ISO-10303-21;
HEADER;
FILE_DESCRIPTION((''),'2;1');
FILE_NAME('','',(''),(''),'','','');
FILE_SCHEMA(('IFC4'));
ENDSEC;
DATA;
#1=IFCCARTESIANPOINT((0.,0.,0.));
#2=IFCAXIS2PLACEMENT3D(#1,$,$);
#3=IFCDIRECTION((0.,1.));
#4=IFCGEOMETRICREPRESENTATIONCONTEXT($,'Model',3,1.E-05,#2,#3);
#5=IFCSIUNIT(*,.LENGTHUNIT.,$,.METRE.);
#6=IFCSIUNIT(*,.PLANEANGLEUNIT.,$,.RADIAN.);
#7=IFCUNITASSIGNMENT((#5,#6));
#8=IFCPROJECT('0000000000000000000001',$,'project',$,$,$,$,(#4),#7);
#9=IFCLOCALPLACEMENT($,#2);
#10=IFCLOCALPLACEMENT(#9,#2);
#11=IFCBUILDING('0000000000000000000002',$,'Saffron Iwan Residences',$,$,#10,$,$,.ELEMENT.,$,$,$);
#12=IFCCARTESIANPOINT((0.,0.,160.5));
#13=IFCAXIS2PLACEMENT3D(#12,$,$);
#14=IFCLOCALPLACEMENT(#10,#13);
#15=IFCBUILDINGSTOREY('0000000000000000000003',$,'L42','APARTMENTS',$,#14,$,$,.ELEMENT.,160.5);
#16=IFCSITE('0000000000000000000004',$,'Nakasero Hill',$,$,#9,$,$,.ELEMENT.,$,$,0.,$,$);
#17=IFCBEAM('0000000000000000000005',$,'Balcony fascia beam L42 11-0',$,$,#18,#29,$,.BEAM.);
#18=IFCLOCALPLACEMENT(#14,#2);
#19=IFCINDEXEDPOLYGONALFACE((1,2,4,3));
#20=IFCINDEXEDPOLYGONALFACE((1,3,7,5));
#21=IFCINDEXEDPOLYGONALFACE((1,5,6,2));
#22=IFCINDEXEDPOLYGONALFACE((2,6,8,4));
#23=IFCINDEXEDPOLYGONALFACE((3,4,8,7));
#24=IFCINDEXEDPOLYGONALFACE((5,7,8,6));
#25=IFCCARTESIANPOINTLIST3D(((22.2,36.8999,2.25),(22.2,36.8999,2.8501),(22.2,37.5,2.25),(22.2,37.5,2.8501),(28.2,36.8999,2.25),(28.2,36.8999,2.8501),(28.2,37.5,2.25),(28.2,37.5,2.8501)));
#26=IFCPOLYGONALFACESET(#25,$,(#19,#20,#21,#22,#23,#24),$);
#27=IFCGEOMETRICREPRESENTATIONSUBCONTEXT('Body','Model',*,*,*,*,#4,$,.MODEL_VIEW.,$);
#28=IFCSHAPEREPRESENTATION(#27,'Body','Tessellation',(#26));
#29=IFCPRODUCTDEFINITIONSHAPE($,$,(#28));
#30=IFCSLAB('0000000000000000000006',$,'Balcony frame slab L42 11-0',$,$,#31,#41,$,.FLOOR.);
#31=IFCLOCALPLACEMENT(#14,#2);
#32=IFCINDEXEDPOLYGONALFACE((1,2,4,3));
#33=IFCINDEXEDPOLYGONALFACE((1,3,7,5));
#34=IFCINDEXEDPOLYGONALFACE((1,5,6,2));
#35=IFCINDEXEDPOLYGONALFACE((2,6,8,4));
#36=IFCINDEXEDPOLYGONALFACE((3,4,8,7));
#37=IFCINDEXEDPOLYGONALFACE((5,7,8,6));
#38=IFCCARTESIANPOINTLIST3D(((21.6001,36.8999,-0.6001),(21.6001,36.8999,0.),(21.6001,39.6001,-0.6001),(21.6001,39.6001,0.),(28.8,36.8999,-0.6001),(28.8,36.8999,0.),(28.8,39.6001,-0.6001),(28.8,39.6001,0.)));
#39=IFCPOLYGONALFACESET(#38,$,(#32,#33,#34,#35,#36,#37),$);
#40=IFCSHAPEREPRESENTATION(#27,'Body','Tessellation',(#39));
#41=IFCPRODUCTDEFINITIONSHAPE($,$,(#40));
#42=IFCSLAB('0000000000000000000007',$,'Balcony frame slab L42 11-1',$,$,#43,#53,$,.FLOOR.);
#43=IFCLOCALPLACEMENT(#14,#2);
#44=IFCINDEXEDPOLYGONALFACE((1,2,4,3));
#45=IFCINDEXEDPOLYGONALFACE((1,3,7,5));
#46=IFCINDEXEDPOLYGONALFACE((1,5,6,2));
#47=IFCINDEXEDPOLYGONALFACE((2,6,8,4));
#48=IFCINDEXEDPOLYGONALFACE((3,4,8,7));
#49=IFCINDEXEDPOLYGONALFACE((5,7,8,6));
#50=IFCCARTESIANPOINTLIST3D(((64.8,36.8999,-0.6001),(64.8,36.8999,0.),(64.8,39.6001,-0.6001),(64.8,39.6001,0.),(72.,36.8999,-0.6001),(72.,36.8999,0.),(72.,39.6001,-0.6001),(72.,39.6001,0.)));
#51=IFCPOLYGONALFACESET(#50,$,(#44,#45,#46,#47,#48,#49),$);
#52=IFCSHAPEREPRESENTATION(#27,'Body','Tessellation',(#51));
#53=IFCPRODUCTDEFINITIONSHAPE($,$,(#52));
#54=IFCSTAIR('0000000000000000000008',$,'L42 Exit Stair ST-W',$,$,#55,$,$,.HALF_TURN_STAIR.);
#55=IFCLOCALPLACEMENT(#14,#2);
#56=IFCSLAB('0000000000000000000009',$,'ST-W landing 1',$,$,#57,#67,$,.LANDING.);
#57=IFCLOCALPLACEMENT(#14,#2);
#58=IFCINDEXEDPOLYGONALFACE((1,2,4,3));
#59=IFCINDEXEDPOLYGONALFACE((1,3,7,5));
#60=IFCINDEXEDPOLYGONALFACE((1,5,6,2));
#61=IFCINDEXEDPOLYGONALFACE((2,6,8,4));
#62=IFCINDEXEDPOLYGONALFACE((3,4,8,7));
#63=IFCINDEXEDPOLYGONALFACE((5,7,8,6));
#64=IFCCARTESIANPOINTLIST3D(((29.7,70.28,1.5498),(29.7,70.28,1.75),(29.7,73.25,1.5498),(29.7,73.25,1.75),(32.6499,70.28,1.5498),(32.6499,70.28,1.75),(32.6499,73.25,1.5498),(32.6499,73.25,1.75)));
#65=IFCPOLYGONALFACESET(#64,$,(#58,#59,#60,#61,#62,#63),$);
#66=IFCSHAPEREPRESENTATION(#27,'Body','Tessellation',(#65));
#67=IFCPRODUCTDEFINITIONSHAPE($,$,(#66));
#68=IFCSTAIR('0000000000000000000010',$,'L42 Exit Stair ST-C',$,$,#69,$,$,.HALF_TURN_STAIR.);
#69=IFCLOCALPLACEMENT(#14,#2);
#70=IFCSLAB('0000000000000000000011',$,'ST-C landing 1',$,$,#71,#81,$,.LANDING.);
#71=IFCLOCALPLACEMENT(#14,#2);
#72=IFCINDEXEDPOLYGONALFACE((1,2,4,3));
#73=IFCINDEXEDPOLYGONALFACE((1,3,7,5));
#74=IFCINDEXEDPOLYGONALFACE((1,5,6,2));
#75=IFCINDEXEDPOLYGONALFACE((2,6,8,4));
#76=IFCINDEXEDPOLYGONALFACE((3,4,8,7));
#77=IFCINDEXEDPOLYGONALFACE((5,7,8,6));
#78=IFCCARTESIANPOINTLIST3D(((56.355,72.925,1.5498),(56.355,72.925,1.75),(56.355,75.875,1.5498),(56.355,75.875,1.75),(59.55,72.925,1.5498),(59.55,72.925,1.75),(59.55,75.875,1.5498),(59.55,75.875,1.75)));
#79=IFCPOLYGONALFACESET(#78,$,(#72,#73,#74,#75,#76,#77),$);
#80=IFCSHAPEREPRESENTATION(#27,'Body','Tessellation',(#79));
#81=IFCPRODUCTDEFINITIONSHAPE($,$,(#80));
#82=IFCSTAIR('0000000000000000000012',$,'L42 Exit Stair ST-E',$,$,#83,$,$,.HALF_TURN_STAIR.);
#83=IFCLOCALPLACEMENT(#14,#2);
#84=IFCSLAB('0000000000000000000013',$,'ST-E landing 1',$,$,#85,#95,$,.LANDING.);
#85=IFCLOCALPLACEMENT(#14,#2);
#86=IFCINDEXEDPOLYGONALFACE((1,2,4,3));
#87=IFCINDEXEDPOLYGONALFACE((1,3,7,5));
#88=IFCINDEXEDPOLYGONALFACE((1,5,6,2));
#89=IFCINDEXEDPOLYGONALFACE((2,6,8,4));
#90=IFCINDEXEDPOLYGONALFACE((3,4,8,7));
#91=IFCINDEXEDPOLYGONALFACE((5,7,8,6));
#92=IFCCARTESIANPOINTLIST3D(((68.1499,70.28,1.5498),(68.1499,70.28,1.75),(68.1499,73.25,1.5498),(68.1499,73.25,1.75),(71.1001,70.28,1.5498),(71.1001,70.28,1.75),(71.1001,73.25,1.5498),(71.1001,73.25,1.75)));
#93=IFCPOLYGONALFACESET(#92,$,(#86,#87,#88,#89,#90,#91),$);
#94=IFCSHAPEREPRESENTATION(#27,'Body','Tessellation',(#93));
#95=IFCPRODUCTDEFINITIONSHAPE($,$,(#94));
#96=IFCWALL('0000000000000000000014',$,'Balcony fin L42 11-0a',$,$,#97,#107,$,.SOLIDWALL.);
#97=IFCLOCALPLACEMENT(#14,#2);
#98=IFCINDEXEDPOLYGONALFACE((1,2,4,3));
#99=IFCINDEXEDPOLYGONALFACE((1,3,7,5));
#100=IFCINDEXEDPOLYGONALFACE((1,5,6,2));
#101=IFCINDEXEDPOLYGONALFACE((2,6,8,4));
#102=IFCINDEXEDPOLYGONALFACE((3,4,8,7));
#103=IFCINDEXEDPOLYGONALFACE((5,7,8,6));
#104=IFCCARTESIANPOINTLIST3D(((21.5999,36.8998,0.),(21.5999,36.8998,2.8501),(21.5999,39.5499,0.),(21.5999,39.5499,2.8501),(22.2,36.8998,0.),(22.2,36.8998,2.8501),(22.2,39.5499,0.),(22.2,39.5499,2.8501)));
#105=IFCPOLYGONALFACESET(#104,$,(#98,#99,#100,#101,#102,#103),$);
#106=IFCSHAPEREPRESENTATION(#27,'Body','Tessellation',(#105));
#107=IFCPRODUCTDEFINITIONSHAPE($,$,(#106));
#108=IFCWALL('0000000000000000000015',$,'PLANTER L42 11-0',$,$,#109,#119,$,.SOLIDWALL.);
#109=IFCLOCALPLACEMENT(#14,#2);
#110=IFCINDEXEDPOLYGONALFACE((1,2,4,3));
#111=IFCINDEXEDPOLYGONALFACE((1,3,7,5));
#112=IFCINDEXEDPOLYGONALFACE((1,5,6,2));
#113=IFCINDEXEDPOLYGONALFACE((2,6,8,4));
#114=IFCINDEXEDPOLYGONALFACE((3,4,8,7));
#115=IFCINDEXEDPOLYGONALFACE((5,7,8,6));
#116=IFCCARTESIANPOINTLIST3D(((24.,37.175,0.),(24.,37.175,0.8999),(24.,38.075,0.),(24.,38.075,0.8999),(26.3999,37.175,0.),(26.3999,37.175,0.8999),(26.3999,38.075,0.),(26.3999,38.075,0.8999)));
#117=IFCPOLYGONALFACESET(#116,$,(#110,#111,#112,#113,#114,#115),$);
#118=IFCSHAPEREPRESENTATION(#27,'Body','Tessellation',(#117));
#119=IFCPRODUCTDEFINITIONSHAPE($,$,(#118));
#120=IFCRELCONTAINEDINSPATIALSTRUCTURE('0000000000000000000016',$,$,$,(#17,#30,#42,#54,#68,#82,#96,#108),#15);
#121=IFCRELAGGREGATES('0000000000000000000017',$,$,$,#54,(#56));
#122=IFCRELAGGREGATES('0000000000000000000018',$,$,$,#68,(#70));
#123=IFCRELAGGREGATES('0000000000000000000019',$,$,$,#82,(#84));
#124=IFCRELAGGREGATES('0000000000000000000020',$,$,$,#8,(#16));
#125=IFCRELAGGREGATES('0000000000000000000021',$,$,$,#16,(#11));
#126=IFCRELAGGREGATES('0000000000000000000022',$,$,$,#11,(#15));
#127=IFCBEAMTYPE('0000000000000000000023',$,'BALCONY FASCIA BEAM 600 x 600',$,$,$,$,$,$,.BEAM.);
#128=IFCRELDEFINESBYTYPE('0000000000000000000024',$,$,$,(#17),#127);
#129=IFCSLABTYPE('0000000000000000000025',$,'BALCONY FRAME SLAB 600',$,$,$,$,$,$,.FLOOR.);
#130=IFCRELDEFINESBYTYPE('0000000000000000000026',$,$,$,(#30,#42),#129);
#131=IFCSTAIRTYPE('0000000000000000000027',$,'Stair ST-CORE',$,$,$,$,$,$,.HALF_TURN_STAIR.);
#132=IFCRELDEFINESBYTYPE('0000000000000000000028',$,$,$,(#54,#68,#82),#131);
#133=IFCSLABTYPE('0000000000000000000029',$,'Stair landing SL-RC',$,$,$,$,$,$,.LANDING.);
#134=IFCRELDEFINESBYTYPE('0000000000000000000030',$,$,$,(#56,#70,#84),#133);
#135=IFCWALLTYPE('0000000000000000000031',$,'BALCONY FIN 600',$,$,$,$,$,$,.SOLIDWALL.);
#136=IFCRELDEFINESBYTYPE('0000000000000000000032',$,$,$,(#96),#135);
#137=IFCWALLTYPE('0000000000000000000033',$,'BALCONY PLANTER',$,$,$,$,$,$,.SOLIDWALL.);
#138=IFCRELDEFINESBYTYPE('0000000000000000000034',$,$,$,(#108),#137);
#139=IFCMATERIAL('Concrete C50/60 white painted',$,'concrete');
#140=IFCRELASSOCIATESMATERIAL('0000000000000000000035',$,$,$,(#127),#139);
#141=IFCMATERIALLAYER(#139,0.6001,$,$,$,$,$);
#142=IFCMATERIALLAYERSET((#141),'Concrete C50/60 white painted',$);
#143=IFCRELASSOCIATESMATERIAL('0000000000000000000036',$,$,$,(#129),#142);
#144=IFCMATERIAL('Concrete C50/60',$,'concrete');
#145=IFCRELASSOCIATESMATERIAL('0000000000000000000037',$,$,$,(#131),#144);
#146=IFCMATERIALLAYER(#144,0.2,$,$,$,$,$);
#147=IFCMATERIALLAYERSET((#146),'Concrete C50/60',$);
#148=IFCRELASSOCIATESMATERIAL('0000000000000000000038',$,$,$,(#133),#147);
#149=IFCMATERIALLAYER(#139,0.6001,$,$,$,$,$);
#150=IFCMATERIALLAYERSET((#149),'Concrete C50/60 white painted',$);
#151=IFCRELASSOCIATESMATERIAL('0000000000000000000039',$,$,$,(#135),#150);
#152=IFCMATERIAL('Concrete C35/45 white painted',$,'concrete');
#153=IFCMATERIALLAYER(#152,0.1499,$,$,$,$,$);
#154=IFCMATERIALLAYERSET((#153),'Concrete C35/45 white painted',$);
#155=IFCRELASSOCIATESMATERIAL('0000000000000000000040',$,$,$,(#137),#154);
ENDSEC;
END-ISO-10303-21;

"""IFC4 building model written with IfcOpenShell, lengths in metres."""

from ifc_helpers import new_model, si_unit, direction, frame, frame_2d, origin, origin_2d, place, context, subcontext, project, spatial, polyline, rectangle, outline, extrude, source, transform, mapped, material, layer, layer_set, material_profile, profile_set, type_object, element, aggregate, save


model = new_model("IFC4")

# Units and contexts
model_context = context("Model", 3, precision=1e-05, world=origin(), true_north=direction((0.0, 1.0)))
body_context = subcontext(model_context, "Body", "Model", "MODEL_VIEW")
ifc_project = project(units=[si_unit("LENGTHUNIT", "METRE"), si_unit("PLANEANGLEUNIT", "RADIAN")], contexts=[model_context])

# Site, building, storey
site_placement = place(None, origin())
site = spatial("IfcSite", under=ifc_project, at=site_placement, Name="Nakasero Hill", CompositionType="ELEMENT", RefElevation=0.0)
building_placement = place(site_placement, origin())
building = spatial("IfcBuilding", under=site, at=building_placement, Name="Saffron Iwan Residences", CompositionType="ELEMENT")
storey_placement = place(building_placement, frame((0.0, 0.0, 160.5)))
storey = spatial("IfcBuildingStorey", under=building, at=storey_placement, Name="L42", Description="APARTMENTS", CompositionType="ELEMENT", Elevation=160.5)

# Beam
ifc_material_1 = material(Name="Concrete C50/60 white painted", Category="concrete")
ifc_material_profile = material_profile(ifc_material_1, rectangle(XDim=0.6001, YDim=0.6001, at=origin_2d()), Name="BALCONY FASCIA BEAM 600 x 600")
ifc_profile_set = profile_set([ifc_material_profile], Name="Concrete C50/60 white painted")
beam_type = type_object("IfcBeamType", Name="BALCONY FASCIA BEAM 600 x 600", PredefinedType="BEAM", material=ifc_profile_set)
shared_shape = source(origin(), body_context, "Body", "SweptSolid", [
    extrude(rectangle(XDim=0.6001, YDim=0.6001, at=origin_2d()), origin(), (0.0, 0.0, 1.0), 6.0),
])
beam_placement = place(storey_placement, frame((22.2, 37.2, 2.55), z_axis=(1.0, 0.0, 0.0), x_axis=(0.0, 1.0, 0.0)))
element("IfcBeam", 1, at=beam_placement, inside=storey, type_object=beam_type, Name="Balcony fascia beam L42 11-0", PredefinedType="BEAM", context=body_context, shape_type="MappedRepresentation", body=[
    mapped(shared_shape, transform((0.0, 0.0, 0.0))),
])

# Slabs
ifc_layer_1 = layer(ifc_material_1, 0.6001)
ifc_layer_set_1 = layer_set([ifc_layer_1], Name="Concrete C50/60 white painted")
slab_type_1 = type_object("IfcSlabType", Name="BALCONY FRAME SLAB 600", PredefinedType="FLOOR", material=ifc_layer_set_1)
slab_1_placement = place(storey_placement, frame((0.0, 0.0, -0.6001)))
element("IfcSlab", 2, at=slab_1_placement, inside=storey, type_object=slab_type_1, Name="Balcony frame slab L42 11-0", PredefinedType="FLOOR", context=body_context, shape_type="SweptSolid", body=[
    extrude(outline(polyline([(21.6001, 36.8999), (28.8, 36.8999), (28.8, 39.6001), (21.6001, 39.6001), (21.6001, 36.8999)])), origin(), (0.0, 0.0, 1.0), 0.6001),
])
slab_2_placement = place(storey_placement, frame((0.0, 0.0, -0.6001)))
element("IfcSlab", 3, at=slab_2_placement, inside=storey, type_object=slab_type_1, Name="Balcony frame slab L42 11-1", PredefinedType="FLOOR", context=body_context, shape_type="SweptSolid", body=[
    extrude(outline(polyline([(64.8, 36.8999), (72.0, 36.8999), (72.0, 39.6001), (64.8, 39.6001), (64.8, 36.8999)])), origin(), (0.0, 0.0, 1.0), 0.6001),
])

# Stairs, slabs
ifc_material_2 = material(Name="Concrete C50/60", Category="concrete")
stair_type = type_object("IfcStairType", Name="Stair ST-CORE", PredefinedType="HALF_TURN_STAIR", material=ifc_material_2)
stair_1_placement = place(storey_placement, origin())
stair_1 = element("IfcStair", 4, at=stair_1_placement, inside=storey, type_object=stair_type, Name="L42 Exit Stair ST-W", PredefinedType="HALF_TURN_STAIR")
ifc_layer_2 = layer(ifc_material_2, 0.2)
ifc_layer_set_2 = layer_set([ifc_layer_2], Name="Concrete C50/60")
slab_type_2 = type_object("IfcSlabType", Name="Stair landing SL-RC", PredefinedType="LANDING", material=ifc_layer_set_2)
slab_3_placement = place(storey_placement, frame((0.0, 0.0, 1.5498)))
slab_3 = element("IfcSlab", 5, at=slab_3_placement, type_object=slab_type_2, Name="ST-W landing 1", PredefinedType="LANDING", context=body_context, shape_type="SweptSolid", body=[
    extrude(outline(polyline([(32.6499, 70.28), (32.6499, 73.25), (29.7, 73.25), (29.7, 70.28), (32.6499, 70.28)])), origin(), (0.0, 0.0, 1.0), 0.2002),
])
aggregate(stair_1, [slab_3])
stair_2_placement = place(storey_placement, origin())
stair_2 = element("IfcStair", 6, at=stair_2_placement, inside=storey, type_object=stair_type, Name="L42 Exit Stair ST-C", PredefinedType="HALF_TURN_STAIR")
slab_4_placement = place(storey_placement, frame((0.0, 0.0, 1.5498)))
slab_4 = element("IfcSlab", 7, at=slab_4_placement, type_object=slab_type_2, Name="ST-C landing 1", PredefinedType="LANDING", context=body_context, shape_type="SweptSolid", body=[
    extrude(outline(polyline([(56.355, 72.925), (59.55, 72.925), (59.55, 75.875), (56.355, 75.875), (56.355, 72.925)])), origin(), (0.0, 0.0, 1.0), 0.2002),
])
aggregate(stair_2, [slab_4])
stair_3_placement = place(storey_placement, origin())
stair_3 = element("IfcStair", 8, at=stair_3_placement, inside=storey, type_object=stair_type, Name="L42 Exit Stair ST-E", PredefinedType="HALF_TURN_STAIR")
slab_5_placement = place(storey_placement, frame((0.0, 0.0, 1.5498)))
slab_5 = element("IfcSlab", 9, at=slab_5_placement, type_object=slab_type_2, Name="ST-E landing 1", PredefinedType="LANDING", context=body_context, shape_type="SweptSolid", body=[
    extrude(outline(polyline([(71.1001, 70.28), (71.1001, 73.25), (68.1499, 73.25), (68.1499, 70.28), (71.1001, 70.28)])), origin(), (0.0, 0.0, 1.0), 0.2002),
])
aggregate(stair_3, [slab_5])

# Walls
ifc_layer_3 = layer(ifc_material_1, 0.6001)
ifc_layer_set_3 = layer_set([ifc_layer_3], Name="Concrete C50/60 white painted")
wall_type_1 = type_object("IfcWallType", Name="BALCONY FIN 600", PredefinedType="SOLIDWALL", material=ifc_layer_set_3)
wall_1_placement = place(storey_placement, frame((21.8999, 39.55, 0.0), z_axis=(0.0, 0.0, 1.0), x_axis=(0.0, -1.0, 0.0)))
element("IfcWall", 10, at=wall_1_placement, inside=storey, type_object=wall_type_1, Name="Balcony fin L42 11-0a", PredefinedType="SOLIDWALL", context=body_context, shape_type="SweptSolid", body=[
    extrude(rectangle(XDim=2.6501, YDim=0.6001, at=frame_2d((1.3252, 0.0))), origin(), (0.0, 0.0, 1.0), 2.8501),
])
ifc_material_3 = material(Name="Concrete C35/45 white painted", Category="concrete")
ifc_layer_4 = layer(ifc_material_3, 0.1499)
ifc_layer_set_4 = layer_set([ifc_layer_4], Name="Concrete C35/45 white painted")
wall_type_2 = type_object("IfcWallType", Name="BALCONY PLANTER", PredefinedType="SOLIDWALL", material=ifc_layer_set_4)
wall_2_placement = place(storey_placement, frame((24.0, 37.625, 0.0), z_axis=(0.0, 0.0, 1.0), x_axis=(1.0, 0.0, 0.0)))
element("IfcWall", 11, at=wall_2_placement, inside=storey, type_object=wall_type_2, Name="PLANTER L42 11-0", PredefinedType="SOLIDWALL", context=body_context, shape_type="SweptSolid", body=[
    extrude(rectangle(XDim=2.3999, YDim=0.8999, at=frame_2d((1.2, 0.0))), origin(), (0.0, 0.0, 1.0), 0.8999),
])

save(model, "model.ifc")
